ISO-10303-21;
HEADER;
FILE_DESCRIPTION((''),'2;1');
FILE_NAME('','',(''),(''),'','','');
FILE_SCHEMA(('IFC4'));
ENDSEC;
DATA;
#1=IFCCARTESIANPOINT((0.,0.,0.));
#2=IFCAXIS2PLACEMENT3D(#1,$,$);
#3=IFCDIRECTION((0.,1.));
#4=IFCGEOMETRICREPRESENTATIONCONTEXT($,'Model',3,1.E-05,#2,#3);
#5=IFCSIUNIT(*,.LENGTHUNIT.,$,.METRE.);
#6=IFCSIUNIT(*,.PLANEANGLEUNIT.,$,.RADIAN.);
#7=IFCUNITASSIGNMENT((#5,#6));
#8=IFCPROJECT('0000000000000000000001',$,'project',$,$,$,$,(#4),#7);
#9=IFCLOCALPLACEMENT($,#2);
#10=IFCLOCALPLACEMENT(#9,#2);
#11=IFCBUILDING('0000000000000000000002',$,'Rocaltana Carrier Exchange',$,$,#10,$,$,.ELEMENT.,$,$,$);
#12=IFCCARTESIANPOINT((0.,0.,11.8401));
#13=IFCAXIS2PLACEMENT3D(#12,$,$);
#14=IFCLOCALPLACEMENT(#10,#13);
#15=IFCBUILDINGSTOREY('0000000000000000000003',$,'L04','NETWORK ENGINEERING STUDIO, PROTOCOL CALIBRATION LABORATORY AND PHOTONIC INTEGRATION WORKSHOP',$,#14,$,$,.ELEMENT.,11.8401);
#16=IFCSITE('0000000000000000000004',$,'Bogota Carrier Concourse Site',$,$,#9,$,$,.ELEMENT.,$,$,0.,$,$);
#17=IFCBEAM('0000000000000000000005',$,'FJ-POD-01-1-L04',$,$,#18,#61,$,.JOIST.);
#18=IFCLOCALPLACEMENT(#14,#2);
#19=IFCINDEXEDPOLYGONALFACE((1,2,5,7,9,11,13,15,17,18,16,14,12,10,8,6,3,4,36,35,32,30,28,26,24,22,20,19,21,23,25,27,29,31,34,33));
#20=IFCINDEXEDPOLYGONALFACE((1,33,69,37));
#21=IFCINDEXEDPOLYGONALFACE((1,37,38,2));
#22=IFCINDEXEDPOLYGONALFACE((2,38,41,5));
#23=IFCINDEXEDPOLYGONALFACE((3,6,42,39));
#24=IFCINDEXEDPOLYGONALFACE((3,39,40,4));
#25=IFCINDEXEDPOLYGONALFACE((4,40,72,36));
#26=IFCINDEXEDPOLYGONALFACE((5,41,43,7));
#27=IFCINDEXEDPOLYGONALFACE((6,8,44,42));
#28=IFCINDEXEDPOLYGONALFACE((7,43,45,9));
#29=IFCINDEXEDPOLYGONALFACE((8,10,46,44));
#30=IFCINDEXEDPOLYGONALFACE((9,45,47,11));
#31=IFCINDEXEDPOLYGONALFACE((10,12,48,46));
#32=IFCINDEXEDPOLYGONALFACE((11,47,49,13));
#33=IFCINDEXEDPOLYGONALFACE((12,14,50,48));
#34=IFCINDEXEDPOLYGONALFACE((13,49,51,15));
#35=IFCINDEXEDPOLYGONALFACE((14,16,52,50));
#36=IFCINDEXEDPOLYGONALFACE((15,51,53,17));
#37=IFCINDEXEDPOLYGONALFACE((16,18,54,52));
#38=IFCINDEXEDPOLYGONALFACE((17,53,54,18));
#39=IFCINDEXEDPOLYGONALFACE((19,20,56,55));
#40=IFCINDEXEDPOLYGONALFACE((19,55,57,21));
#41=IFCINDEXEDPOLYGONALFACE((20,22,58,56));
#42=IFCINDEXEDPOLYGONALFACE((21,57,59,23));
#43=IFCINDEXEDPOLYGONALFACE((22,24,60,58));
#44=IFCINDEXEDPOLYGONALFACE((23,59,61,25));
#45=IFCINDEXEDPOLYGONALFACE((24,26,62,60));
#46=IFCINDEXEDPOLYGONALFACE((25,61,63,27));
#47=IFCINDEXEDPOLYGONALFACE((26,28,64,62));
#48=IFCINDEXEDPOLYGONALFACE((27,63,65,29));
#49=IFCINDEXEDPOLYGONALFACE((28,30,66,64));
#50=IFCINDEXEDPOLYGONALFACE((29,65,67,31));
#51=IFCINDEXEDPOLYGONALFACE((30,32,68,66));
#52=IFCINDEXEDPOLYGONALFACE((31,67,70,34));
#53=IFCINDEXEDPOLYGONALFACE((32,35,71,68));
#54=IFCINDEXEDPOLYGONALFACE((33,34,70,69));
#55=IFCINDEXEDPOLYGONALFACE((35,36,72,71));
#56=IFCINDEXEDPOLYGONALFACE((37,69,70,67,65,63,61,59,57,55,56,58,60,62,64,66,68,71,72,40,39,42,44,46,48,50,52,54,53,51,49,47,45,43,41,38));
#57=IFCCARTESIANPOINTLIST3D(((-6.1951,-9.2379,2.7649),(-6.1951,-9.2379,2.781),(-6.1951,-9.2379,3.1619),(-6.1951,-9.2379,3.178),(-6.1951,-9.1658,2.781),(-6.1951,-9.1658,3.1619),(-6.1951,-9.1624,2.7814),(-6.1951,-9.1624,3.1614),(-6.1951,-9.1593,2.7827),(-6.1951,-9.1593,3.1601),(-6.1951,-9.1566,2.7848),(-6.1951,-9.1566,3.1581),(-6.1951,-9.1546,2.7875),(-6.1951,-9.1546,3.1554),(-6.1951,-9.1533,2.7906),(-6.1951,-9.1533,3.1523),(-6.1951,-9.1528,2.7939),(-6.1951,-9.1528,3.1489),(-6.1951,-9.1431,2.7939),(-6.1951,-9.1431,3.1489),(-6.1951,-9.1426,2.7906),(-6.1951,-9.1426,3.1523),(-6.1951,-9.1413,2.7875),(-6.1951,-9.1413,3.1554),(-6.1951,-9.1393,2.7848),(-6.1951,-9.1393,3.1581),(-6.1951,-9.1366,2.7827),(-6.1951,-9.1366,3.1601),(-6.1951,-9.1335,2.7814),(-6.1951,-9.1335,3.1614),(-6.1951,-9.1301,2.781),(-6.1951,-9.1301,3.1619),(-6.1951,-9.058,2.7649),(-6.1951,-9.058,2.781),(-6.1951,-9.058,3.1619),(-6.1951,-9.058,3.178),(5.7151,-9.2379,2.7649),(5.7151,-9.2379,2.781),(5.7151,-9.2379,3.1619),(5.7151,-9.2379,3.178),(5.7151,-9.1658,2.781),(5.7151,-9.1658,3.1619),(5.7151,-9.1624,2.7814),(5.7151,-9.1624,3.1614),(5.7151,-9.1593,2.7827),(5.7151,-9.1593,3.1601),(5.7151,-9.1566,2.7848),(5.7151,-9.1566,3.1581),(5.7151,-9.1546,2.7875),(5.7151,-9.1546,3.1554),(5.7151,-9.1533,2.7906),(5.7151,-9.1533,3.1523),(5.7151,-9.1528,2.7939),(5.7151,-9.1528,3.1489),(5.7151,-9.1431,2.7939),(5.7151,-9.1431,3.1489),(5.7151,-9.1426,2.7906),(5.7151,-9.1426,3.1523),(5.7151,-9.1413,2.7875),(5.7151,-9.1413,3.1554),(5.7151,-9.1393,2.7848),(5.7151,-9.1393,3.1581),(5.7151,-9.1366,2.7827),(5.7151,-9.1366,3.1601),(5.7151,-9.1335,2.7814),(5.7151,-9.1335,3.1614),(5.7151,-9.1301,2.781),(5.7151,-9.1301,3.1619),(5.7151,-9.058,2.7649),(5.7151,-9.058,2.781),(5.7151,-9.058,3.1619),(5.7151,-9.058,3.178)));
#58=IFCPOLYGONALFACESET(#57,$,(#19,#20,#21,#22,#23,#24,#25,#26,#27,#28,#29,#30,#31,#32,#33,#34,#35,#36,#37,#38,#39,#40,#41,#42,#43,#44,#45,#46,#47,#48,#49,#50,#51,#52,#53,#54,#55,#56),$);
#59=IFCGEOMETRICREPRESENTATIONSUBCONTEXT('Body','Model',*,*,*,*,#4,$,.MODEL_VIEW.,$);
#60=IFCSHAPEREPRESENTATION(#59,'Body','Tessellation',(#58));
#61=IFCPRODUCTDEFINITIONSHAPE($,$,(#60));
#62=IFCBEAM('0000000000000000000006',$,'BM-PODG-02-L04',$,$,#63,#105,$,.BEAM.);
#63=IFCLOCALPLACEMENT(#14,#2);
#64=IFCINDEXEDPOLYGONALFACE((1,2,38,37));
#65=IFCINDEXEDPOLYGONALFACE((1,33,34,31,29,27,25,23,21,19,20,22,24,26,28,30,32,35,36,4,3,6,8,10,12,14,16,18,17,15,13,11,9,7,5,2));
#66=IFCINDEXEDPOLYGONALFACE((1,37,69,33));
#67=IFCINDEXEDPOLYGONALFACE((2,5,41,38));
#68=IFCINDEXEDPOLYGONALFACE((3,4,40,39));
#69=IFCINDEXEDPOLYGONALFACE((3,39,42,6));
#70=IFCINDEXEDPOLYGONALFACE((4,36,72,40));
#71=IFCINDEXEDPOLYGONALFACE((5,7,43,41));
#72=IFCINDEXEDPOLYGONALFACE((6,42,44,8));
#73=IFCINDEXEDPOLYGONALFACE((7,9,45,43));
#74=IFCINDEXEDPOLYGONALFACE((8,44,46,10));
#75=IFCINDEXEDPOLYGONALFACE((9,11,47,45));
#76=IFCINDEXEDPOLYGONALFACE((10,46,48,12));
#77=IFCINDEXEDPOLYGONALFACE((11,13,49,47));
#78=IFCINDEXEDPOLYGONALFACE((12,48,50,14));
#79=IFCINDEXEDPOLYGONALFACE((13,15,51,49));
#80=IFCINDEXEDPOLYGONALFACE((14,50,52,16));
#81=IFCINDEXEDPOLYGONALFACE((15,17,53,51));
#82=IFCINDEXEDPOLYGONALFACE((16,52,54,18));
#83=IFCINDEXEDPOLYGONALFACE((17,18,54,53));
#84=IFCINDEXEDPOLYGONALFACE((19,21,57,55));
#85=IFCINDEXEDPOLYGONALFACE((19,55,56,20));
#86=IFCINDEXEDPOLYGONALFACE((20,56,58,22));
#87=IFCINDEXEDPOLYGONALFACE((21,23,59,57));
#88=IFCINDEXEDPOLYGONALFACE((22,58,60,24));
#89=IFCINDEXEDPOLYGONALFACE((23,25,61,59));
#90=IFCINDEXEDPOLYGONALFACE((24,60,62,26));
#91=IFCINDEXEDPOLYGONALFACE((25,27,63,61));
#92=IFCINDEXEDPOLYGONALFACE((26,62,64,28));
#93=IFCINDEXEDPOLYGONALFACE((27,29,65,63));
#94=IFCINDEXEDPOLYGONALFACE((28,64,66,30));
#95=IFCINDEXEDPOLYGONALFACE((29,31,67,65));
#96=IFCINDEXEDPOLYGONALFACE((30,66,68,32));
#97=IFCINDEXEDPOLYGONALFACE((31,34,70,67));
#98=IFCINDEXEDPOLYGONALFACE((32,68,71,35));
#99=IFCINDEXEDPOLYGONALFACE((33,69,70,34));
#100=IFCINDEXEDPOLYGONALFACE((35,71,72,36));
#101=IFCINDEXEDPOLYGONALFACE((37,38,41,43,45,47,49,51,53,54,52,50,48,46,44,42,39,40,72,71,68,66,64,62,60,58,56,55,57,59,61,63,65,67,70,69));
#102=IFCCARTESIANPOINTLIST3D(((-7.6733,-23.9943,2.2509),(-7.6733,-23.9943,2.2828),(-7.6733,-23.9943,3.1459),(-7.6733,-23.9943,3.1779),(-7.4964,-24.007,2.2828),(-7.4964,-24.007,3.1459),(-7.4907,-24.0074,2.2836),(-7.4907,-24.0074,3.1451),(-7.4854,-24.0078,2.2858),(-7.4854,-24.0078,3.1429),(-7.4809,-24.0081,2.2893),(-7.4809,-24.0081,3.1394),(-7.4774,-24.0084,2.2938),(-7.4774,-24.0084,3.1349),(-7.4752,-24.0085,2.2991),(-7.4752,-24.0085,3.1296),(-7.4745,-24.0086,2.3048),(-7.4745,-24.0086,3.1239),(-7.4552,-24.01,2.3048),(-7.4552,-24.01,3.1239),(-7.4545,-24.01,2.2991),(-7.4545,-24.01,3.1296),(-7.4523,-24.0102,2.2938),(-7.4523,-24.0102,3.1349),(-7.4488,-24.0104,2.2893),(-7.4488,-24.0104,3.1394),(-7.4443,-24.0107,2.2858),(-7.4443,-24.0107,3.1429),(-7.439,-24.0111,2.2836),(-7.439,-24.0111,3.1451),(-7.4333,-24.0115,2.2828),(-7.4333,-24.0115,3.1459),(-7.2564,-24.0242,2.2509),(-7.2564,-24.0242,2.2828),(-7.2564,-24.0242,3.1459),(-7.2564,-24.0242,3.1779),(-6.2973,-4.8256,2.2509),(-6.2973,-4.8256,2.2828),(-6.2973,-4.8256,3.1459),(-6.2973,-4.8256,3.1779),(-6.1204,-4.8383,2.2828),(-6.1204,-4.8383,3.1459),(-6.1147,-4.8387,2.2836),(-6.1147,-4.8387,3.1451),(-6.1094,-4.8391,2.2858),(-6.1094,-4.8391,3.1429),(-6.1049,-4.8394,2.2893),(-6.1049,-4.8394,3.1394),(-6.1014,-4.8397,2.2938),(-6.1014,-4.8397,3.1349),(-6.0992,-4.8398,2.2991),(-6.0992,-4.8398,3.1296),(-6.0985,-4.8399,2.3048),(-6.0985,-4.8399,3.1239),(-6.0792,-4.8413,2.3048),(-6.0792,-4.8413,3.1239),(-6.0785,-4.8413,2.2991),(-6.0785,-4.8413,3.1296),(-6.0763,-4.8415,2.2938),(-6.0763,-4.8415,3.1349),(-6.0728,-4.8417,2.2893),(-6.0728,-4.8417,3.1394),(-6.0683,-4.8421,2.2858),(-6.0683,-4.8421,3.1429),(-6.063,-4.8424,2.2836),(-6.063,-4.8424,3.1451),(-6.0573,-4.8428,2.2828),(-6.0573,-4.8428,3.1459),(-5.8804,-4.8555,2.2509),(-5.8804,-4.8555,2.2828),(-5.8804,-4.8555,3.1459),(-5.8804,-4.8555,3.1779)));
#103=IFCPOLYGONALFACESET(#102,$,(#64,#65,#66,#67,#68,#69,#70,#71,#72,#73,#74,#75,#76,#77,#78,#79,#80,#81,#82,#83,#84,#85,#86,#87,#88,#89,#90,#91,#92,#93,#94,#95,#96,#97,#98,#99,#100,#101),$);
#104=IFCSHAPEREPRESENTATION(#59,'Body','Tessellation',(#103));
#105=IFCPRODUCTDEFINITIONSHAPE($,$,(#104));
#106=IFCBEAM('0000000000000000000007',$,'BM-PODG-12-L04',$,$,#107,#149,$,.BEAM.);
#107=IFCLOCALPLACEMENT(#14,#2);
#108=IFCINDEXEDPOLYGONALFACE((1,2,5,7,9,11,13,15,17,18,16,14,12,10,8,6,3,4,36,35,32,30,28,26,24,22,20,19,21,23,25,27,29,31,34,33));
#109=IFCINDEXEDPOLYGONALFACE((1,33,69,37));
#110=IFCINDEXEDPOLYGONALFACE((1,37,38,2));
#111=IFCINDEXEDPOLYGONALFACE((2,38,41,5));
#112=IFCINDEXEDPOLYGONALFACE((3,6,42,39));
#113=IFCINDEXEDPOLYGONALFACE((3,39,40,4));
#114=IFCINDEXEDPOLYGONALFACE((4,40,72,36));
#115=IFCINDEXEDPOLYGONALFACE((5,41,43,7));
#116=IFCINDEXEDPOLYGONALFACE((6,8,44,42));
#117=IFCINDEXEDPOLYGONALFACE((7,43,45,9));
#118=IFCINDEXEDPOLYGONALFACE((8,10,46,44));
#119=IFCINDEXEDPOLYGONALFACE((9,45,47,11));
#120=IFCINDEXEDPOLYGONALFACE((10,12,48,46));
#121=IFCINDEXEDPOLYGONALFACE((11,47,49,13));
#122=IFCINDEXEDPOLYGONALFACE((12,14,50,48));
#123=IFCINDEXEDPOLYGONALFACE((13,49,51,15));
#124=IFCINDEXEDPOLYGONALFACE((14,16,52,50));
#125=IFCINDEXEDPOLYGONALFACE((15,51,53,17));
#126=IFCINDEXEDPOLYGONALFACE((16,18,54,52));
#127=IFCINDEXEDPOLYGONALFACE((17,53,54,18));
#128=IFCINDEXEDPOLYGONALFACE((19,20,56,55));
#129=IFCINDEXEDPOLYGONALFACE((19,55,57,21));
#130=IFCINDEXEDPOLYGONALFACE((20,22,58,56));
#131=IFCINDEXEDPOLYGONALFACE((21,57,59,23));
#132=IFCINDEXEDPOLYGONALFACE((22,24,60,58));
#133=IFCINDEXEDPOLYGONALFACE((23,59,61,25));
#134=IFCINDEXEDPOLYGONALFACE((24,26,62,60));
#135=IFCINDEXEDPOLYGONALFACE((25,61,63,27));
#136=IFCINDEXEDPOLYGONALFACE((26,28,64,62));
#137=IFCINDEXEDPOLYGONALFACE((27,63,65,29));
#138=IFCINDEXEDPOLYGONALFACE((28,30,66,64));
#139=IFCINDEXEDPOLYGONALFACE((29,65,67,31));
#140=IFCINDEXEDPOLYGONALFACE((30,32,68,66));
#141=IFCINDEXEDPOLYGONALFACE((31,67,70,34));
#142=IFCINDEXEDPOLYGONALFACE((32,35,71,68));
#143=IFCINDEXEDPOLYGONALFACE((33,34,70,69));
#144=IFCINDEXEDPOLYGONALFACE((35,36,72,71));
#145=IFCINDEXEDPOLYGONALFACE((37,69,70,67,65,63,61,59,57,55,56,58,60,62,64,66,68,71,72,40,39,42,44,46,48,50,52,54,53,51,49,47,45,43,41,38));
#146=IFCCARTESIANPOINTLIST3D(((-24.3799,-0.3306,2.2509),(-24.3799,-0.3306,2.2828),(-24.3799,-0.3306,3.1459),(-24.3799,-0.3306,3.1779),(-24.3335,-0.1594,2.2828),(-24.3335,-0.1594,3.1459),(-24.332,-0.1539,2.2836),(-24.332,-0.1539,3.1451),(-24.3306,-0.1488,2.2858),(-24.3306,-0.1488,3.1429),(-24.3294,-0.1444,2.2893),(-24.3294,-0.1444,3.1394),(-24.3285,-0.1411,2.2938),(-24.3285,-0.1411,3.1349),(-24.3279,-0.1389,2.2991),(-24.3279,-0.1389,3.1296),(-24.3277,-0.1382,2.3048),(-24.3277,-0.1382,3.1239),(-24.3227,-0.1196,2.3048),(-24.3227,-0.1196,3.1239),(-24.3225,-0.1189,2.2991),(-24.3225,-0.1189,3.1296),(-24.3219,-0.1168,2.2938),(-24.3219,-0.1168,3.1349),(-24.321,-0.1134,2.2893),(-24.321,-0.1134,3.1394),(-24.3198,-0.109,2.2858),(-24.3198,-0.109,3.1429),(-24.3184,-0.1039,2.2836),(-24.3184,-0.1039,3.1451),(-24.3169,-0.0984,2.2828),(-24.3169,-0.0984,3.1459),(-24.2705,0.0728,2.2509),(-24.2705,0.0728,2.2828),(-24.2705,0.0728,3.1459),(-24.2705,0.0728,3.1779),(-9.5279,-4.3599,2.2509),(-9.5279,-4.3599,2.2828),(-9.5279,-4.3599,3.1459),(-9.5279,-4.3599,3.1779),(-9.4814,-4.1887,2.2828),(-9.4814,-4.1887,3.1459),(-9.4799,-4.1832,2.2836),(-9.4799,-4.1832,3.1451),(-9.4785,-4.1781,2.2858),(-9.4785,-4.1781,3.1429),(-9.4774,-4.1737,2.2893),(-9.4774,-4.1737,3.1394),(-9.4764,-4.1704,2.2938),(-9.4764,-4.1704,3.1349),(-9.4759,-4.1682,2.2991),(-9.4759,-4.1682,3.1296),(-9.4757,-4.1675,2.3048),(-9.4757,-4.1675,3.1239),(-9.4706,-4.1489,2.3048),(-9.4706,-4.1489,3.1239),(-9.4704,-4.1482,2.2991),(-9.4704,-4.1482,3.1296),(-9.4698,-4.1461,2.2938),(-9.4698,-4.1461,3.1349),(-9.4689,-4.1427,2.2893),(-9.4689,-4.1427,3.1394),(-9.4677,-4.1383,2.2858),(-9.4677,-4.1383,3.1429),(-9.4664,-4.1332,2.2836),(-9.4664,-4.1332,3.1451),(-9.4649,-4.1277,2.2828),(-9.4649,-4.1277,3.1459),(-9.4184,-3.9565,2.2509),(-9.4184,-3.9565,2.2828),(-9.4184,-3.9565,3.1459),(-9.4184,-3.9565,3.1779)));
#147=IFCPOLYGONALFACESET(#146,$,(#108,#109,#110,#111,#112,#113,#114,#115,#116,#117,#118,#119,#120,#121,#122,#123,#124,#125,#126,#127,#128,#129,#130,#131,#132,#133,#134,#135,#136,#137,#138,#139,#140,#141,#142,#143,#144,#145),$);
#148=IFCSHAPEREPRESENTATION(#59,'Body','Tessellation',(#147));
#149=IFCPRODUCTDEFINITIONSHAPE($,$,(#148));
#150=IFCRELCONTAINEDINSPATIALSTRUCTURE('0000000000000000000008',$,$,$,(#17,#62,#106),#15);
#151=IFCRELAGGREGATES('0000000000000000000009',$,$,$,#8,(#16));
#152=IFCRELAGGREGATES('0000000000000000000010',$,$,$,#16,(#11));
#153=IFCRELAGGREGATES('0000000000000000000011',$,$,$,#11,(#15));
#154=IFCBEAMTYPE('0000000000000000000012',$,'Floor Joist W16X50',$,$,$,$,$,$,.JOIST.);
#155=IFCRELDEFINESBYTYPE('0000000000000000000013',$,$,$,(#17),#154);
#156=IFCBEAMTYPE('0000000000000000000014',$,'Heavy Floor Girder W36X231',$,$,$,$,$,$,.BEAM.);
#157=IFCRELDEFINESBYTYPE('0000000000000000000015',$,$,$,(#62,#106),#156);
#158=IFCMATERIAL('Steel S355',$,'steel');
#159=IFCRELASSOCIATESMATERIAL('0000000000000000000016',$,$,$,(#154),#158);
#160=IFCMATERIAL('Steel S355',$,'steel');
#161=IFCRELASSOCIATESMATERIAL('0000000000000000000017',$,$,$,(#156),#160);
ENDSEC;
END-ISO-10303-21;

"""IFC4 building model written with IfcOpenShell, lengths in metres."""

from ifc_helpers import new_model, si_unit, direction, frame, origin, origin_2d, place, context, subcontext, project, spatial, i_section, extrude, material, material_profile, profile_set, type_object, element, save


model = new_model("IFC4")

# Units and contexts
model_context = context("Model", 3, precision=1e-05, world=origin(), true_north=direction((0.0, 1.0)))
body_context = subcontext(model_context, "Body", "Model", "MODEL_VIEW")
ifc_project = project(units=[si_unit("LENGTHUNIT", "METRE"), si_unit("PLANEANGLEUNIT", "RADIAN")], contexts=[model_context])

# Site, building, storey
site_placement = place(None, origin())
site = spatial("IfcSite", under=ifc_project, at=site_placement, Name="Bogota Carrier Concourse Site", CompositionType="ELEMENT", RefElevation=0.0)
building_placement = place(site_placement, origin())
building = spatial("IfcBuilding", under=site, at=building_placement, Name="Rocaltana Carrier Exchange", CompositionType="ELEMENT")
storey_placement = place(building_placement, frame((0.0, 0.0, 11.8401)))
storey = spatial("IfcBuildingStorey", under=building, at=storey_placement, Name="L04", Description="NETWORK ENGINEERING STUDIO, PROTOCOL CALIBRATION LABORATORY AND PHOTONIC INTEGRATION WORKSHOP", CompositionType="ELEMENT", Elevation=11.8401)

# Beams
ifc_material_1 = material(Name="Steel S355", Category="steel")
ifc_material_profile_1 = material_profile(ifc_material_1, i_section(OverallWidth=0.1799, OverallDepth=0.4131, WebThickness=0.0098, FlangeThickness=0.0161, FilletRadius=0.0129, at=origin_2d()), Name="W16X50")
ifc_profile_set_1 = profile_set([ifc_material_profile_1], Name="Steel S355")
beam_type_1 = type_object("IfcBeamType", Name="Floor Joist W16X50", PredefinedType="JOIST", material=ifc_profile_set_1)
beam_1_placement = place(storey_placement, frame((-6.1951, -9.1479, 2.9714), z_axis=(1.0, 0.0, 0.0), x_axis=(0.0, 1.0, 0.0)))
element("IfcBeam", 1, at=beam_1_placement, inside=storey, type_object=beam_type_1, Name="FJ-POD-01-1-L04", PredefinedType="JOIST", context=body_context, shape_type="SweptSolid", body=[
    extrude(i_section(OverallWidth=0.1799, OverallDepth=0.4131, WebThickness=0.0098, FlangeThickness=0.0161, FilletRadius=0.0129, at=origin_2d()), origin(), (0.0, 0.0, 1.0), 11.9102),
])
ifc_material_2 = material(Name="Steel S355", Category="steel")
ifc_material_profile_2 = material_profile(ifc_material_2, i_section(OverallWidth=0.418, OverallDepth=0.927, WebThickness=0.0193, FlangeThickness=0.032, FilletRadius=0.022, at=origin_2d()), Name="W36X231")
ifc_profile_set_2 = profile_set([ifc_material_profile_2], Name="Steel S355")
beam_type_2 = type_object("IfcBeamType", Name="Heavy Floor Girder W36X231", PredefinedType="BEAM", material=ifc_profile_set_2)
beam_2_placement = place(storey_placement, frame((-6.0889, -4.8406, 2.7144), z_axis=(-0.071598, -0.997434, 0.0), x_axis=(0.997434, -0.071598, 0.0)))
element("IfcBeam", 2, at=beam_2_placement, inside=storey, type_object=beam_type_2, Name="BM-PODG-02-L04", PredefinedType="BEAM", context=body_context, shape_type="SweptSolid", body=[
    extrude(i_section(OverallWidth=0.418, OverallDepth=0.927, WebThickness=0.0193, FlangeThickness=0.032, FilletRadius=0.022, at=origin_2d()), origin(), (0.0, 0.0, 1.0), 19.218),
])
beam_3_placement = place(storey_placement, frame((-9.4731, -4.1582, 2.7144), z_axis=(-0.965114, 0.261831, 0.0), x_axis=(-0.261831, -0.965114, 0.0)))
element("IfcBeam", 3, at=beam_3_placement, inside=storey, type_object=beam_type_2, Name="BM-PODG-12-L04", PredefinedType="BEAM", context=body_context, shape_type="SweptSolid", body=[
    extrude(i_section(OverallWidth=0.418, OverallDepth=0.927, WebThickness=0.0193, FlangeThickness=0.032, FilletRadius=0.022, at=origin_2d()), origin(), (0.0, 0.0, 1.0), 15.3889),
])

save(model, "model.ifc")
